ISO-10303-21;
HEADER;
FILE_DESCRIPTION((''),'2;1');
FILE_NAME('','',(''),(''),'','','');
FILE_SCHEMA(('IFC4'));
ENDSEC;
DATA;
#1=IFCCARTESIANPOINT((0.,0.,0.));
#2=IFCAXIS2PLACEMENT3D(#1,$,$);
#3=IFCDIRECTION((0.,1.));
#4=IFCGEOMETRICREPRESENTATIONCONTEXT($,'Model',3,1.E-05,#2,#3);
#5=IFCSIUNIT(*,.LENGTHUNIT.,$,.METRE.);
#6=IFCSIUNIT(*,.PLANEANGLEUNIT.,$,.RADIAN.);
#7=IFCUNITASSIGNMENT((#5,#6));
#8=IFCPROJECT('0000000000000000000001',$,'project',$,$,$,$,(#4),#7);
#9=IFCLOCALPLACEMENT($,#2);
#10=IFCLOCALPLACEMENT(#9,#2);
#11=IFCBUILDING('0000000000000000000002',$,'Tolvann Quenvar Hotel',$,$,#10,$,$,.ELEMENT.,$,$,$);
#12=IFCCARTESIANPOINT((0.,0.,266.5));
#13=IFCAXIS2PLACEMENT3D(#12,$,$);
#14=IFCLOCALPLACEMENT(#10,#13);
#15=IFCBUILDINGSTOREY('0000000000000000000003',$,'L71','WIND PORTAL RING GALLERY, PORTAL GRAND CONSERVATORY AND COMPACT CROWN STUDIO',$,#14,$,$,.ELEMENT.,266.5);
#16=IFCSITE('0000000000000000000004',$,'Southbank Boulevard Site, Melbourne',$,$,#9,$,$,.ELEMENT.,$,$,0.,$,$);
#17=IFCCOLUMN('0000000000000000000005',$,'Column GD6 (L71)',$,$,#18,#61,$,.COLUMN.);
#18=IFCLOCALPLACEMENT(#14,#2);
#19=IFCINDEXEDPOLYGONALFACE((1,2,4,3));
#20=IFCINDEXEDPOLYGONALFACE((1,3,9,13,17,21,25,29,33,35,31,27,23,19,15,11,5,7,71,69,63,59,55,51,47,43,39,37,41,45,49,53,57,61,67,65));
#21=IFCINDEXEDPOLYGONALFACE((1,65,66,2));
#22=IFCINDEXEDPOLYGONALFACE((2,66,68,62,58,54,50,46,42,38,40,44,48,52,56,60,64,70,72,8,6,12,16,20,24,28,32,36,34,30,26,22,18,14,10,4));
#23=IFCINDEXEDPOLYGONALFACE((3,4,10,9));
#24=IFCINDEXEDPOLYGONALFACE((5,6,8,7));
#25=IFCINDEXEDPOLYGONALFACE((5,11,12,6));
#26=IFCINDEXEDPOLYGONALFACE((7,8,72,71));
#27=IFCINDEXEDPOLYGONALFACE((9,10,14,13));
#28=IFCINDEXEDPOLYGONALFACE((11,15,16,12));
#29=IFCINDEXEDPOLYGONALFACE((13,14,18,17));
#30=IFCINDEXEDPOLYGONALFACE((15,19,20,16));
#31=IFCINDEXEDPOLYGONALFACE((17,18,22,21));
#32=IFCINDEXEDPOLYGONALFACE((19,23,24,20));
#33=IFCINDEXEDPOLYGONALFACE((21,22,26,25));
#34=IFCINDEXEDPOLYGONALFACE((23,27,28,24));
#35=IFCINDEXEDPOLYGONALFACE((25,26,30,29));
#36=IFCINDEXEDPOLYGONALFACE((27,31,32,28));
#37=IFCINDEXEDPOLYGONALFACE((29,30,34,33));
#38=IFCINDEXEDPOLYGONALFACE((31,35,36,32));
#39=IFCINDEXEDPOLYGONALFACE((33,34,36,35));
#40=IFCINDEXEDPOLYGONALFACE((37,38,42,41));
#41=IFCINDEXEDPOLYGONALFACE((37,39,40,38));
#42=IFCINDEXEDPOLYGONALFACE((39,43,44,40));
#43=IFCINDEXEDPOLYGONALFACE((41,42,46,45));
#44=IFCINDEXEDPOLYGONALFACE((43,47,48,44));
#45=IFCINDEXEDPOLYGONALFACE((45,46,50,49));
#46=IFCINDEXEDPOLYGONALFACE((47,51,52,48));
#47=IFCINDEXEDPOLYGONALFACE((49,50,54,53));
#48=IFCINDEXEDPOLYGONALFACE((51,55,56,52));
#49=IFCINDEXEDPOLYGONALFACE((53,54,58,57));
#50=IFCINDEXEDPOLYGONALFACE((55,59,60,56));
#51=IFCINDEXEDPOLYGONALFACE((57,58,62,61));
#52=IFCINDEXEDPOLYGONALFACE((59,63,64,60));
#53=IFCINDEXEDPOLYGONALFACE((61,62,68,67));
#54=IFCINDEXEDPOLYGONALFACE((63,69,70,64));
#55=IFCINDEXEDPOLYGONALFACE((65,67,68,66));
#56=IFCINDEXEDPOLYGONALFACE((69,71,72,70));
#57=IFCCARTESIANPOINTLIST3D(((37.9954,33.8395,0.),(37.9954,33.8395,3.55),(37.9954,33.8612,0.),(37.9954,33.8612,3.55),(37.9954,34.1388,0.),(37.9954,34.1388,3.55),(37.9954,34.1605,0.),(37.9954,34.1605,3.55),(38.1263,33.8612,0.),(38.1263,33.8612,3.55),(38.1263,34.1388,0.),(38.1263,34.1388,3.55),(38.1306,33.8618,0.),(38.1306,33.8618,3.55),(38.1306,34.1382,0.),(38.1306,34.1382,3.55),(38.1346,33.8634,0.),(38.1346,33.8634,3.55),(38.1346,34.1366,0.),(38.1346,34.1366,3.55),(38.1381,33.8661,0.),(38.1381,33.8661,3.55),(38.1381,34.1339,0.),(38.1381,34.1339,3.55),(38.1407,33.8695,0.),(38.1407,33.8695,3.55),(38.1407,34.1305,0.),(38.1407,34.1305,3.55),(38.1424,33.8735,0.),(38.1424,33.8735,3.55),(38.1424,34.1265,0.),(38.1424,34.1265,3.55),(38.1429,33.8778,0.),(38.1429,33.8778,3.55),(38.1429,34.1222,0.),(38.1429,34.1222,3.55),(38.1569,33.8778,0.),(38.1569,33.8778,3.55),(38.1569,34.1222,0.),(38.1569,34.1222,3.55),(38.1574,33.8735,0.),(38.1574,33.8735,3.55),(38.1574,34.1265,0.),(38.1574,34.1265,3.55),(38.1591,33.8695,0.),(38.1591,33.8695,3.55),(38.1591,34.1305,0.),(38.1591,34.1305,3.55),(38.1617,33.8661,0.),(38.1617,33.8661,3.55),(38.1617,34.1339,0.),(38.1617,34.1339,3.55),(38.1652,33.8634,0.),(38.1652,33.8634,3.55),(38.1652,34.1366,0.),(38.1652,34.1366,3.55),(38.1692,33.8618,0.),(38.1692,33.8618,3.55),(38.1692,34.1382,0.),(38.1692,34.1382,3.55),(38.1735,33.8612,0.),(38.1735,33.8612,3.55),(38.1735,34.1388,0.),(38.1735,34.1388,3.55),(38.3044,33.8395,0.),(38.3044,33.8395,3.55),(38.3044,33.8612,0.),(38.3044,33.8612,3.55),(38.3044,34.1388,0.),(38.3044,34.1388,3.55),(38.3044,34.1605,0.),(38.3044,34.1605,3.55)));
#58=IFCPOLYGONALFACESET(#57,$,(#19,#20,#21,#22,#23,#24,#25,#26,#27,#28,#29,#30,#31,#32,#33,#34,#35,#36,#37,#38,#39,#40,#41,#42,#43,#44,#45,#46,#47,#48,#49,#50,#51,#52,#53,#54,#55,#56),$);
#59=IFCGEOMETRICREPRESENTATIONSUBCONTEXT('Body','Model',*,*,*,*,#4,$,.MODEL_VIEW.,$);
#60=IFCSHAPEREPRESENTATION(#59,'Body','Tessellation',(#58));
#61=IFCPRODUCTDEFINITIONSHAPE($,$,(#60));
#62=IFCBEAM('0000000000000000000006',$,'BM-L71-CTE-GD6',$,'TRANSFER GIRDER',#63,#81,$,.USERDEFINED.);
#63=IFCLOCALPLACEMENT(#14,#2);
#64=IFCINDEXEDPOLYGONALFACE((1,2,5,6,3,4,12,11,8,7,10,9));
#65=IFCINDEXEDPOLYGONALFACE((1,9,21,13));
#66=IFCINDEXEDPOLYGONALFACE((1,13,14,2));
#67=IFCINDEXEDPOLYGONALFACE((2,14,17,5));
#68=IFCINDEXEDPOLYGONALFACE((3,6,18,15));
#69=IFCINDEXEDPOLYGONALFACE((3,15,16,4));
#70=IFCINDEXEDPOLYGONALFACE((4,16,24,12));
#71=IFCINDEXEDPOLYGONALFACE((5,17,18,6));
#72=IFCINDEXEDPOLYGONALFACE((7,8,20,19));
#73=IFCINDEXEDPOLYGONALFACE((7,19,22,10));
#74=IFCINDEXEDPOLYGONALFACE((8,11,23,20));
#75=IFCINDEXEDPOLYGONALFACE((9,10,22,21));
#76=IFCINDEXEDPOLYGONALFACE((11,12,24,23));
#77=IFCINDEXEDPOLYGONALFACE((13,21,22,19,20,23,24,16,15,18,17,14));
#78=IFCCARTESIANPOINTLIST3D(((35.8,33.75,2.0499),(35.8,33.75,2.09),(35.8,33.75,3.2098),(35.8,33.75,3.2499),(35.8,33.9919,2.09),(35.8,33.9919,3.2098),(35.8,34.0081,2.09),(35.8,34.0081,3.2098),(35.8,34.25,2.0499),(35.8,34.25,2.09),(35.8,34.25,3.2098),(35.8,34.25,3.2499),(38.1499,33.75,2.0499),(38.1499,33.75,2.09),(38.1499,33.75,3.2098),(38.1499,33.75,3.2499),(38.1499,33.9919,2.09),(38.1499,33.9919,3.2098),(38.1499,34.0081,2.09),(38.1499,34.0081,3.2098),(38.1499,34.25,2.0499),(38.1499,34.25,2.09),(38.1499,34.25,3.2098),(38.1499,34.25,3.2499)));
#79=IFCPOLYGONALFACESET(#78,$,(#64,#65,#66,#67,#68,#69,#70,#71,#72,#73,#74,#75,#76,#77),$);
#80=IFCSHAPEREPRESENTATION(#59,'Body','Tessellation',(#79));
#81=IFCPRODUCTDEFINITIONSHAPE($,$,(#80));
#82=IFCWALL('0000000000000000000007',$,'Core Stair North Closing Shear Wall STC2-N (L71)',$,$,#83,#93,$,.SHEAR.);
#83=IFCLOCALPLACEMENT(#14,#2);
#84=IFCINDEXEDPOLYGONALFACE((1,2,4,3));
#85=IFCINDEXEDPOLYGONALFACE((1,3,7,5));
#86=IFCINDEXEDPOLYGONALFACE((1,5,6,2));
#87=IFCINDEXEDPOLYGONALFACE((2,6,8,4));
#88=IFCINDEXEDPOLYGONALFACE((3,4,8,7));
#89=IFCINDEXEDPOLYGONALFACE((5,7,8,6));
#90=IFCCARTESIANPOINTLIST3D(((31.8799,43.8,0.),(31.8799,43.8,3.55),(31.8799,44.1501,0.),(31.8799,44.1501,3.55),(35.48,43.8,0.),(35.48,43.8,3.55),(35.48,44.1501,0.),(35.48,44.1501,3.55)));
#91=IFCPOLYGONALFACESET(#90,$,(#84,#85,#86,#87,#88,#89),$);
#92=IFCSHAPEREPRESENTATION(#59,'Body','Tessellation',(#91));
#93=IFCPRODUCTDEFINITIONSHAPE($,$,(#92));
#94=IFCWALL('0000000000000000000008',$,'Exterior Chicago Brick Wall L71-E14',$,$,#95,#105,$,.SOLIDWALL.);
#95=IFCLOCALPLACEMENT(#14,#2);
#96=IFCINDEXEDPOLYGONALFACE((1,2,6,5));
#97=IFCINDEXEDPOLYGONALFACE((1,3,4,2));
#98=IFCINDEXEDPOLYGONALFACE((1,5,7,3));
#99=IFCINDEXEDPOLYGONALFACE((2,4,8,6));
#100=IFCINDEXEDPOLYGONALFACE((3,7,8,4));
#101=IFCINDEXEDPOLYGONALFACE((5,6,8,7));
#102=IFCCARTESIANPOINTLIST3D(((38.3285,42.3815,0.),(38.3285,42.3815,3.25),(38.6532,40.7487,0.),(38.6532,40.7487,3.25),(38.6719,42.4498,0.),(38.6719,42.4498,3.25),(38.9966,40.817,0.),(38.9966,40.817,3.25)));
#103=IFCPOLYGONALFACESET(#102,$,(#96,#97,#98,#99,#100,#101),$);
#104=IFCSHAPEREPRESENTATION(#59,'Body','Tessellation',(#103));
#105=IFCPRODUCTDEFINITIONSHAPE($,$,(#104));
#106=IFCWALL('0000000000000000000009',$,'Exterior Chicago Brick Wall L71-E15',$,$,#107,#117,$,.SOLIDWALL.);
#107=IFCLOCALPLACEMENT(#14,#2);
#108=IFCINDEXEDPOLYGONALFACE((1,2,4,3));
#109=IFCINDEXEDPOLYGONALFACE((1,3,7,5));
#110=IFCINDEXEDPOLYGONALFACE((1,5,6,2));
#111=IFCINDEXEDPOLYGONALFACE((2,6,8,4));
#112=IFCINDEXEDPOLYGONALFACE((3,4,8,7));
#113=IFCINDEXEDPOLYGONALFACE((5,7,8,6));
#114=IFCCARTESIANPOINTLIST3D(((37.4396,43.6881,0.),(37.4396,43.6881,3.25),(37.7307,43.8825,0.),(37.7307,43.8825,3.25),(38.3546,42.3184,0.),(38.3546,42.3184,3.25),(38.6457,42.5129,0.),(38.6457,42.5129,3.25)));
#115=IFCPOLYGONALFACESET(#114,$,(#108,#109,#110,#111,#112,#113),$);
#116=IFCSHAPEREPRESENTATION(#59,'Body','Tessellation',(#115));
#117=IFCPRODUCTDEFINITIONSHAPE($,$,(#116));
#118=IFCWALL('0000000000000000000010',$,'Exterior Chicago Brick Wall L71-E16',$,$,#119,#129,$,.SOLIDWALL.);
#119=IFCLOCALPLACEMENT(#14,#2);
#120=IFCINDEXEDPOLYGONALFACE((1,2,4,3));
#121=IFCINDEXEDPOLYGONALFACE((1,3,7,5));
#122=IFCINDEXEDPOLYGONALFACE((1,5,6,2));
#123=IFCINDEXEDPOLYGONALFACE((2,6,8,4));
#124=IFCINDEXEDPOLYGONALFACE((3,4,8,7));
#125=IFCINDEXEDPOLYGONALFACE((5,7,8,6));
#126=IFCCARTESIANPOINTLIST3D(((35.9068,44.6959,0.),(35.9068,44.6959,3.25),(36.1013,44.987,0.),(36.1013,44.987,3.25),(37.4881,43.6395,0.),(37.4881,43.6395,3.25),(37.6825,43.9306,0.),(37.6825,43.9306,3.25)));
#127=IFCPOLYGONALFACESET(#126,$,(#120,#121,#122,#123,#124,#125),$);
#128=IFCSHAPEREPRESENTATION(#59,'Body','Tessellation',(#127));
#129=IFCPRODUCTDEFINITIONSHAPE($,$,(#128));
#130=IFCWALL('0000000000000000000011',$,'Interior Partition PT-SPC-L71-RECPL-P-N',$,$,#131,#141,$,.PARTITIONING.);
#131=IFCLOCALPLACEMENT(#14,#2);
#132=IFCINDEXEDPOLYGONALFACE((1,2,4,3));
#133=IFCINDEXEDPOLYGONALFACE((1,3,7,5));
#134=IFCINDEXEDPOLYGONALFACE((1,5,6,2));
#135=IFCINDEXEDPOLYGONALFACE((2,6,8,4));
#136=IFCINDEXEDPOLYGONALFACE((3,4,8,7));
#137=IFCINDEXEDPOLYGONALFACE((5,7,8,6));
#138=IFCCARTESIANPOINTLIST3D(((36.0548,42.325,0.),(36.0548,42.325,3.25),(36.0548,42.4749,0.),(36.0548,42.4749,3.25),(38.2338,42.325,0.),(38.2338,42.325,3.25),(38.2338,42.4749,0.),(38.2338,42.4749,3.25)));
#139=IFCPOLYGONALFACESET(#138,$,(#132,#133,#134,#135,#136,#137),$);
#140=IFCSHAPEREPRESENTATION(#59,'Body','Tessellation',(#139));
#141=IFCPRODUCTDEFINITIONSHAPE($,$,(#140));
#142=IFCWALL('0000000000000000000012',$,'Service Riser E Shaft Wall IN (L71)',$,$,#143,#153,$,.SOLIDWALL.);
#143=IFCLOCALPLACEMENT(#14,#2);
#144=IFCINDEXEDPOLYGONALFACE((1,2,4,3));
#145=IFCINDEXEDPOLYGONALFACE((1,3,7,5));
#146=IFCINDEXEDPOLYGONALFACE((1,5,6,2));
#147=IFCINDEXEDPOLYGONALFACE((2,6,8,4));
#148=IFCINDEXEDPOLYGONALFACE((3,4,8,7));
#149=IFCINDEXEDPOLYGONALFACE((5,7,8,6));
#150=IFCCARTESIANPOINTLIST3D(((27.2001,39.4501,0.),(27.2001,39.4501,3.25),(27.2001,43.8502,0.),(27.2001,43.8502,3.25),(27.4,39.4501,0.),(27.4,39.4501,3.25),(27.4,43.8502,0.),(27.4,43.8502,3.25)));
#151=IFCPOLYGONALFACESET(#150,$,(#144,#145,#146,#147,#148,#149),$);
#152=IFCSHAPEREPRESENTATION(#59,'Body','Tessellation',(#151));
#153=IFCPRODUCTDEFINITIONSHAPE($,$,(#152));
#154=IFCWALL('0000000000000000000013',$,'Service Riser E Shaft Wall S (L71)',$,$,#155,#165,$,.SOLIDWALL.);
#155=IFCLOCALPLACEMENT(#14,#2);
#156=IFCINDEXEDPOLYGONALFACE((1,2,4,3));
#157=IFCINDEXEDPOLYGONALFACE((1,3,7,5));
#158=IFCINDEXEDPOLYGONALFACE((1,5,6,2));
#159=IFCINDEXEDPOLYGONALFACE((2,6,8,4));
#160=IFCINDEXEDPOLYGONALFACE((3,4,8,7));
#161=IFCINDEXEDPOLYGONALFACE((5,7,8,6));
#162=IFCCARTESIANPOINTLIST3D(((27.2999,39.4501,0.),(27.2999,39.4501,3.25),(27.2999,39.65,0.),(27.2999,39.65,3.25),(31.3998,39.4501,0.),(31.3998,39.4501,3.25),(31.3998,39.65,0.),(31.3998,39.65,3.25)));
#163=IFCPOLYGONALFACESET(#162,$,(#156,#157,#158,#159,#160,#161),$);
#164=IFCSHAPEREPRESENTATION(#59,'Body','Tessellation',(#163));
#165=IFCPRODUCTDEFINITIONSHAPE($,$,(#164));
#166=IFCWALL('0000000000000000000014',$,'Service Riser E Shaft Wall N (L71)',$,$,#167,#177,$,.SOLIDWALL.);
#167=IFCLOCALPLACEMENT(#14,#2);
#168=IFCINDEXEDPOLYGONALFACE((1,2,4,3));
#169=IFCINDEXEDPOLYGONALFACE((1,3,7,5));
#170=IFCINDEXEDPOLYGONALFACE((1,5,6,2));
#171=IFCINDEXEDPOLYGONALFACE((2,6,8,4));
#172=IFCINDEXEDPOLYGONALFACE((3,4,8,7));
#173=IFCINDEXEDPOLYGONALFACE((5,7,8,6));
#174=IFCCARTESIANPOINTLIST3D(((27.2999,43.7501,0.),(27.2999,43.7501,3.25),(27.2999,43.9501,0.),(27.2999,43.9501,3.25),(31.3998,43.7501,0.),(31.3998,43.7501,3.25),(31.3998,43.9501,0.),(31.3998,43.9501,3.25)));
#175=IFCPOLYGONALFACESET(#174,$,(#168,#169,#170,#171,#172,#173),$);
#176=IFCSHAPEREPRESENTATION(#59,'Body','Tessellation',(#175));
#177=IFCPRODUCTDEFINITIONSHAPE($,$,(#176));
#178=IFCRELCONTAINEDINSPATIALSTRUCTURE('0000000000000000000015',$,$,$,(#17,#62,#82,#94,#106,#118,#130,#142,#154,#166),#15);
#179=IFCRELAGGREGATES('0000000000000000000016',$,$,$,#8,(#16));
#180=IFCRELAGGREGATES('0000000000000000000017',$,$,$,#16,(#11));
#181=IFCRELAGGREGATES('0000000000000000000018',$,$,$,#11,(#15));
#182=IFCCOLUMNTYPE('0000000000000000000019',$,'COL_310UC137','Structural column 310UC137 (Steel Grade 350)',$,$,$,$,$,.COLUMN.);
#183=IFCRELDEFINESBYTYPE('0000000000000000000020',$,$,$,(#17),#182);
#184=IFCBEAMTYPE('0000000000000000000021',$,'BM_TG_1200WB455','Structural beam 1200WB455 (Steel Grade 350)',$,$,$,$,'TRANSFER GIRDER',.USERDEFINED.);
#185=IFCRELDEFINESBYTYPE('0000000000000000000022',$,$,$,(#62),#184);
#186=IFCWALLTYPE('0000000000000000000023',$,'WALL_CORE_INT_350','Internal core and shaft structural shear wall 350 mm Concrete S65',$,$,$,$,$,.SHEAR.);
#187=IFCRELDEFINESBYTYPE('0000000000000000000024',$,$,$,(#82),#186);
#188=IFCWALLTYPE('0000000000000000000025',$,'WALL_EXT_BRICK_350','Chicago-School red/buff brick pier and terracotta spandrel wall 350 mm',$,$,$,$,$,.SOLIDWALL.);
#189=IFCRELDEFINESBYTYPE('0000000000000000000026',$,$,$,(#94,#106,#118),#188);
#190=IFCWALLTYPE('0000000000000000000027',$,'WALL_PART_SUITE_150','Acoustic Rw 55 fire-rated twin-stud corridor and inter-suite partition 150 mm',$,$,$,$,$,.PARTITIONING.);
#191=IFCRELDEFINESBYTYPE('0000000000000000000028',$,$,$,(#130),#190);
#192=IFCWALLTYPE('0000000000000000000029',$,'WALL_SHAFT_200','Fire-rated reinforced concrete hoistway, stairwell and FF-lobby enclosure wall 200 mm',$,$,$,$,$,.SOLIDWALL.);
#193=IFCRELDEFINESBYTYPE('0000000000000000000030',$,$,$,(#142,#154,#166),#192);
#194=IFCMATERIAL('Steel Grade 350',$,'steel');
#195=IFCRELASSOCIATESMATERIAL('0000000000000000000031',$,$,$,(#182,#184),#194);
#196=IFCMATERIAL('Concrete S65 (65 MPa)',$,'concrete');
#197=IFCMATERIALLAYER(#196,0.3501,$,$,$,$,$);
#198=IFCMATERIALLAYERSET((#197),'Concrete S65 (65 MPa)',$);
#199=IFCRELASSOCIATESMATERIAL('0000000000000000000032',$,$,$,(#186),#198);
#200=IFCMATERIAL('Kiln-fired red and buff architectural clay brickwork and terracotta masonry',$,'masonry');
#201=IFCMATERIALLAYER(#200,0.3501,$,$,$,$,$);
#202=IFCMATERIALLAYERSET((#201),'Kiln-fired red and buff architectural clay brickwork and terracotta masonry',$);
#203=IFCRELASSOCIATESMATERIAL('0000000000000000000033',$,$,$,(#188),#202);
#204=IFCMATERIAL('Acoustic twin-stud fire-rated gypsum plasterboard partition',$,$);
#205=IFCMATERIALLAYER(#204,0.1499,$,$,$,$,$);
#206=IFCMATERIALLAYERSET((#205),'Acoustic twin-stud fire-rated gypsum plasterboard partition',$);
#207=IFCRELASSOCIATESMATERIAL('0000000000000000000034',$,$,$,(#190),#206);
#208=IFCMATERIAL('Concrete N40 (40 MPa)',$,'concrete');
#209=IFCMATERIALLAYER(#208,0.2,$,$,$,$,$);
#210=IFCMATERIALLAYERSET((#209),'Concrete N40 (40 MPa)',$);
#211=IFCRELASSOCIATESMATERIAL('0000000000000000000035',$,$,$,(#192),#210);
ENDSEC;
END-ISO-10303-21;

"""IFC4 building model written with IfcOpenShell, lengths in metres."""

from ifc_helpers import new_model, si_unit, direction, frame, frame_2d, origin, origin_2d, place, context, subcontext, project, spatial, rectangle, i_section, extrude, source, transform, mapped, material, layer, layer_set, material_profile, profile_set, type_object, type_shapes, element, save


model = new_model("IFC4")

# Units and contexts
model_context = context("Model", 3, precision=1e-05, world=origin(), true_north=direction((0.0, 1.0)))
body_context = subcontext(model_context, "Body", "Model", "MODEL_VIEW")
ifc_project = project(units=[si_unit("LENGTHUNIT", "METRE"), si_unit("PLANEANGLEUNIT", "RADIAN")], contexts=[model_context])

# Site, building, storey
site_placement = place(None, origin())
site = spatial("IfcSite", under=ifc_project, at=site_placement, Name="Southbank Boulevard Site, Melbourne", CompositionType="ELEMENT", RefElevation=0.0)
building_placement = place(site_placement, origin())
building = spatial("IfcBuilding", under=site, at=building_placement, Name="Tolvann Quenvar Hotel", CompositionType="ELEMENT")
storey_placement = place(building_placement, frame((0.0, 0.0, 266.5)))
storey = spatial("IfcBuildingStorey", under=building, at=storey_placement, Name="L71", Description="WIND PORTAL RING GALLERY, PORTAL GRAND CONSERVATORY AND COMPACT CROWN STUDIO", CompositionType="ELEMENT", Elevation=266.5)

# Column
ifc_material_1 = material(Name="Steel Grade 350", Category="steel")
ifc_material_profile_1 = material_profile(ifc_material_1, i_section(OverallWidth=0.3091, OverallDepth=0.321, WebThickness=0.0139, FlangeThickness=0.0217, FilletRadius=0.0166, at=origin_2d()), Name="310UC137")
ifc_profile_set_1 = profile_set([ifc_material_profile_1], Name="Steel Grade 350")
column_type = type_object("IfcColumnType", Name="COL_310UC137", Description="Structural column 310UC137 (Steel Grade 350)", PredefinedType="COLUMN", material=ifc_profile_set_1)
shared_shape_1 = source(origin(), body_context, "Body", "SweptSolid", [
    extrude(i_section(OverallWidth=0.3091, OverallDepth=0.321, WebThickness=0.0139, FlangeThickness=0.0217, FilletRadius=0.0166, at=origin_2d()), origin(), (0.0, 0.0, 1.0), 3.55),
])
type_shapes(column_type, [shared_shape_1])
column_placement = place(storey_placement, frame((38.1499, 34.0, 0.0), z_axis=(0.0, 0.0, 1.0), x_axis=(1.0, 0.0, 0.0)))
element("IfcColumn", 1, at=column_placement, inside=storey, type_object=column_type, Name="Column GD6 (L71)", PredefinedType="COLUMN", context=body_context, shape_type="MappedRepresentation", body=[
    mapped(shared_shape_1, transform((0.0, 0.0, 0.0), x_axis=(1.0, 0.0, 0.0), y_axis=(0.0, 1.0, 0.0), z_axis=(0.0, 0.0, 1.0), scale=1.0)),
])

# Beam
ifc_material_profile_2 = material_profile(ifc_material_1, i_section(OverallWidth=0.5, OverallDepth=1.2, WebThickness=0.0161, FlangeThickness=0.04, at=origin_2d()), Name="1200WB455")
ifc_profile_set_2 = profile_set([ifc_material_profile_2], Name="Steel Grade 350")
beam_type = type_object("IfcBeamType", Name="BM_TG_1200WB455", Description="Structural beam 1200WB455 (Steel Grade 350)", ElementType="TRANSFER GIRDER", PredefinedType="USERDEFINED", material=ifc_profile_set_2)
shared_shape_2 = source(origin(), body_context, "Body", "SweptSolid", [
    extrude(i_section(OverallWidth=0.5, OverallDepth=1.2, WebThickness=0.0161, FlangeThickness=0.04, at=origin_2d()), origin(), (0.0, 0.0, 1.0), 2.3499),
])
type_shapes(beam_type, [shared_shape_2])
beam_placement = place(storey_placement, frame((35.8, 34.0, 2.6499), z_axis=(1.0, 0.0, 0.0), x_axis=(0.0, 1.0, 0.0)))
element("IfcBeam", 2, at=beam_placement, inside=storey, type_object=beam_type, Name="BM-L71-CTE-GD6", ObjectType="TRANSFER GIRDER", PredefinedType="USERDEFINED", context=body_context, shape_type="MappedRepresentation", body=[
    mapped(shared_shape_2, transform((0.0, 0.0, 0.0), x_axis=(1.0, 0.0, 0.0), y_axis=(0.0, 1.0, 0.0), z_axis=(0.0, 0.0, 1.0), scale=1.0)),
])

# Walls
ifc_material_2 = material(Name="Concrete S65 (65 MPa)", Category="concrete")
ifc_layer_1 = layer(ifc_material_2, 0.3501)
ifc_layer_set_1 = layer_set([ifc_layer_1], Name="Concrete S65 (65 MPa)")
wall_type_1 = type_object("IfcWallType", Name="WALL_CORE_INT_350", Description="Internal core and shaft structural shear wall 350 mm Concrete S65", PredefinedType="SHEAR", material=ifc_layer_set_1)
wall_1_placement = place(storey_placement, frame((31.8799, 43.9751, 0.0), z_axis=(0.0, 0.0, 1.0), x_axis=(1.0, 0.0, 0.0)))
element("IfcWall", 3, at=wall_1_placement, inside=storey, type_object=wall_type_1, Name="Core Stair North Closing Shear Wall STC2-N (L71)", PredefinedType="SHEAR", context=body_context, shape_type="SweptSolid", body=[
    extrude(rectangle(XDim=3.6001, YDim=0.3501, at=frame_2d((1.8, 0.0))), origin(), (0.0, 0.0, 1.0), 3.55),
])
ifc_material_3 = material(Name="Kiln-fired red and buff architectural clay brickwork and terracotta masonry", Category="masonry")
ifc_layer_2 = layer(ifc_material_3, 0.3501)
ifc_layer_set_2 = layer_set([ifc_layer_2], Name="Kiln-fired red and buff architectural clay brickwork and terracotta masonry")
wall_type_2 = type_object("IfcWallType", Name="WALL_EXT_BRICK_350", Description="Chicago-School red/buff brick pier and terracotta spandrel wall 350 mm", PredefinedType="SOLIDWALL", material=ifc_layer_set_2)
wall_2_placement = place(storey_placement, frame((38.825, 40.7827, 0.0), z_axis=(0.0, 0.0, 1.0), x_axis=(-0.195044, 0.980794, 0.0)))
element("IfcWall", 4, at=wall_2_placement, inside=storey, type_object=wall_type_2, Name="Exterior Chicago Brick Wall L71-E14", PredefinedType="SOLIDWALL", context=body_context, shape_type="SweptSolid", body=[
    extrude(rectangle(XDim=1.6648, YDim=0.3501, at=frame_2d((0.8325, 0.0))), origin(), (0.0, 0.0, 1.0), 3.25),
])
wall_3_placement = place(storey_placement, frame((38.5002, 42.4155, 0.0), z_axis=(0.0, 0.0, 1.0), x_axis=(-0.555521, 0.831503, 0.0)))
element("IfcWall", 5, at=wall_3_placement, inside=storey, type_object=wall_type_2, Name="Exterior Chicago Brick Wall L71-E15", PredefinedType="SOLIDWALL", context=body_context, shape_type="SweptSolid", body=[
    extrude(rectangle(XDim=1.6472, YDim=0.3501, at=frame_2d((0.8237, 0.0))), origin(), (0.0, 0.0, 1.0), 3.25),
])
wall_4_placement = place(storey_placement, frame((37.5852, 43.7852, 0.0), z_axis=(0.0, 0.0, 1.0), x_axis=(-0.831517, 0.5555, 0.0)))
element("IfcWall", 6, at=wall_4_placement, inside=storey, type_object=wall_type_2, Name="Exterior Chicago Brick Wall L71-E16", PredefinedType="SOLIDWALL", context=body_context, shape_type="SweptSolid", body=[
    extrude(rectangle(XDim=1.9016, YDim=0.3501, at=frame_2d((0.9507, 0.0))), origin(), (0.0, 0.0, 1.0), 3.25),
])
ifc_material_4 = material(Name="Acoustic twin-stud fire-rated gypsum plasterboard partition")
ifc_layer_3 = layer(ifc_material_4, 0.1499)
ifc_layer_set_3 = layer_set([ifc_layer_3], Name="Acoustic twin-stud fire-rated gypsum plasterboard partition")
wall_type_3 = type_object("IfcWallType", Name="WALL_PART_SUITE_150", Description="Acoustic Rw 55 fire-rated twin-stud corridor and inter-suite partition 150 mm", PredefinedType="PARTITIONING", material=ifc_layer_set_3)
wall_5_placement = place(storey_placement, frame((36.0549, 42.3999, 0.0), z_axis=(0.0, 0.0, 1.0), x_axis=(1.0, 0.0, 0.0)))
element("IfcWall", 7, at=wall_5_placement, inside=storey, type_object=wall_type_3, Name="Interior Partition PT-SPC-L71-RECPL-P-N", PredefinedType="PARTITIONING", context=body_context, shape_type="SweptSolid", body=[
    extrude(rectangle(XDim=2.179, YDim=0.1499, at=frame_2d((1.0894, 0.0))), origin(), (0.0, 0.0, 1.0), 3.25),
])
ifc_material_5 = material(Name="Concrete N40 (40 MPa)", Category="concrete")
ifc_layer_4 = layer(ifc_material_5, 0.2)
ifc_layer_set_4 = layer_set([ifc_layer_4], Name="Concrete N40 (40 MPa)")
wall_type_4 = type_object("IfcWallType", Name="WALL_SHAFT_200", Description="Fire-rated reinforced concrete hoistway, stairwell and FF-lobby enclosure wall 200 mm", PredefinedType="SOLIDWALL", material=ifc_layer_set_4)
wall_6_placement = place(storey_placement, frame((27.3, 39.45, 0.0), z_axis=(0.0, 0.0, 1.0), x_axis=(0.0, 1.0, 0.0)))
element("IfcWall", 8, at=wall_6_placement, inside=storey, type_object=wall_type_4, Name="Service Riser E Shaft Wall IN (L71)", PredefinedType="SOLIDWALL", context=body_context, shape_type="SweptSolid", body=[
    extrude(rectangle(XDim=4.4001, YDim=0.2, at=frame_2d((2.2002, 0.0))), origin(), (0.0, 0.0, 1.0), 3.25),
])
for number, where, z_axis, x_axis, name in (
    (9, (27.3, 39.55, 0.0), (0.0, 0.0, 1.0), (1.0, 0.0, 0.0), "Service Riser E Shaft Wall S (L71)"),
    (10, (27.3, 43.8501, 0.0), (0.0, 0.0, 1.0), (1.0, 0.0, 0.0), "Service Riser E Shaft Wall N (L71)"),
):
    element("IfcWall", number, at=place(storey_placement, frame(where, z_axis=z_axis, x_axis=x_axis)), inside=storey, type_object=wall_type_4, Name=name, PredefinedType="SOLIDWALL", context=body_context, shape_type="SweptSolid", body=[
        extrude(rectangle(XDim=4.0999, YDim=0.2, at=frame_2d((2.0498, 0.0))), origin(), (0.0, 0.0, 1.0), 3.25),
    ])

save(model, "model.ifc")
